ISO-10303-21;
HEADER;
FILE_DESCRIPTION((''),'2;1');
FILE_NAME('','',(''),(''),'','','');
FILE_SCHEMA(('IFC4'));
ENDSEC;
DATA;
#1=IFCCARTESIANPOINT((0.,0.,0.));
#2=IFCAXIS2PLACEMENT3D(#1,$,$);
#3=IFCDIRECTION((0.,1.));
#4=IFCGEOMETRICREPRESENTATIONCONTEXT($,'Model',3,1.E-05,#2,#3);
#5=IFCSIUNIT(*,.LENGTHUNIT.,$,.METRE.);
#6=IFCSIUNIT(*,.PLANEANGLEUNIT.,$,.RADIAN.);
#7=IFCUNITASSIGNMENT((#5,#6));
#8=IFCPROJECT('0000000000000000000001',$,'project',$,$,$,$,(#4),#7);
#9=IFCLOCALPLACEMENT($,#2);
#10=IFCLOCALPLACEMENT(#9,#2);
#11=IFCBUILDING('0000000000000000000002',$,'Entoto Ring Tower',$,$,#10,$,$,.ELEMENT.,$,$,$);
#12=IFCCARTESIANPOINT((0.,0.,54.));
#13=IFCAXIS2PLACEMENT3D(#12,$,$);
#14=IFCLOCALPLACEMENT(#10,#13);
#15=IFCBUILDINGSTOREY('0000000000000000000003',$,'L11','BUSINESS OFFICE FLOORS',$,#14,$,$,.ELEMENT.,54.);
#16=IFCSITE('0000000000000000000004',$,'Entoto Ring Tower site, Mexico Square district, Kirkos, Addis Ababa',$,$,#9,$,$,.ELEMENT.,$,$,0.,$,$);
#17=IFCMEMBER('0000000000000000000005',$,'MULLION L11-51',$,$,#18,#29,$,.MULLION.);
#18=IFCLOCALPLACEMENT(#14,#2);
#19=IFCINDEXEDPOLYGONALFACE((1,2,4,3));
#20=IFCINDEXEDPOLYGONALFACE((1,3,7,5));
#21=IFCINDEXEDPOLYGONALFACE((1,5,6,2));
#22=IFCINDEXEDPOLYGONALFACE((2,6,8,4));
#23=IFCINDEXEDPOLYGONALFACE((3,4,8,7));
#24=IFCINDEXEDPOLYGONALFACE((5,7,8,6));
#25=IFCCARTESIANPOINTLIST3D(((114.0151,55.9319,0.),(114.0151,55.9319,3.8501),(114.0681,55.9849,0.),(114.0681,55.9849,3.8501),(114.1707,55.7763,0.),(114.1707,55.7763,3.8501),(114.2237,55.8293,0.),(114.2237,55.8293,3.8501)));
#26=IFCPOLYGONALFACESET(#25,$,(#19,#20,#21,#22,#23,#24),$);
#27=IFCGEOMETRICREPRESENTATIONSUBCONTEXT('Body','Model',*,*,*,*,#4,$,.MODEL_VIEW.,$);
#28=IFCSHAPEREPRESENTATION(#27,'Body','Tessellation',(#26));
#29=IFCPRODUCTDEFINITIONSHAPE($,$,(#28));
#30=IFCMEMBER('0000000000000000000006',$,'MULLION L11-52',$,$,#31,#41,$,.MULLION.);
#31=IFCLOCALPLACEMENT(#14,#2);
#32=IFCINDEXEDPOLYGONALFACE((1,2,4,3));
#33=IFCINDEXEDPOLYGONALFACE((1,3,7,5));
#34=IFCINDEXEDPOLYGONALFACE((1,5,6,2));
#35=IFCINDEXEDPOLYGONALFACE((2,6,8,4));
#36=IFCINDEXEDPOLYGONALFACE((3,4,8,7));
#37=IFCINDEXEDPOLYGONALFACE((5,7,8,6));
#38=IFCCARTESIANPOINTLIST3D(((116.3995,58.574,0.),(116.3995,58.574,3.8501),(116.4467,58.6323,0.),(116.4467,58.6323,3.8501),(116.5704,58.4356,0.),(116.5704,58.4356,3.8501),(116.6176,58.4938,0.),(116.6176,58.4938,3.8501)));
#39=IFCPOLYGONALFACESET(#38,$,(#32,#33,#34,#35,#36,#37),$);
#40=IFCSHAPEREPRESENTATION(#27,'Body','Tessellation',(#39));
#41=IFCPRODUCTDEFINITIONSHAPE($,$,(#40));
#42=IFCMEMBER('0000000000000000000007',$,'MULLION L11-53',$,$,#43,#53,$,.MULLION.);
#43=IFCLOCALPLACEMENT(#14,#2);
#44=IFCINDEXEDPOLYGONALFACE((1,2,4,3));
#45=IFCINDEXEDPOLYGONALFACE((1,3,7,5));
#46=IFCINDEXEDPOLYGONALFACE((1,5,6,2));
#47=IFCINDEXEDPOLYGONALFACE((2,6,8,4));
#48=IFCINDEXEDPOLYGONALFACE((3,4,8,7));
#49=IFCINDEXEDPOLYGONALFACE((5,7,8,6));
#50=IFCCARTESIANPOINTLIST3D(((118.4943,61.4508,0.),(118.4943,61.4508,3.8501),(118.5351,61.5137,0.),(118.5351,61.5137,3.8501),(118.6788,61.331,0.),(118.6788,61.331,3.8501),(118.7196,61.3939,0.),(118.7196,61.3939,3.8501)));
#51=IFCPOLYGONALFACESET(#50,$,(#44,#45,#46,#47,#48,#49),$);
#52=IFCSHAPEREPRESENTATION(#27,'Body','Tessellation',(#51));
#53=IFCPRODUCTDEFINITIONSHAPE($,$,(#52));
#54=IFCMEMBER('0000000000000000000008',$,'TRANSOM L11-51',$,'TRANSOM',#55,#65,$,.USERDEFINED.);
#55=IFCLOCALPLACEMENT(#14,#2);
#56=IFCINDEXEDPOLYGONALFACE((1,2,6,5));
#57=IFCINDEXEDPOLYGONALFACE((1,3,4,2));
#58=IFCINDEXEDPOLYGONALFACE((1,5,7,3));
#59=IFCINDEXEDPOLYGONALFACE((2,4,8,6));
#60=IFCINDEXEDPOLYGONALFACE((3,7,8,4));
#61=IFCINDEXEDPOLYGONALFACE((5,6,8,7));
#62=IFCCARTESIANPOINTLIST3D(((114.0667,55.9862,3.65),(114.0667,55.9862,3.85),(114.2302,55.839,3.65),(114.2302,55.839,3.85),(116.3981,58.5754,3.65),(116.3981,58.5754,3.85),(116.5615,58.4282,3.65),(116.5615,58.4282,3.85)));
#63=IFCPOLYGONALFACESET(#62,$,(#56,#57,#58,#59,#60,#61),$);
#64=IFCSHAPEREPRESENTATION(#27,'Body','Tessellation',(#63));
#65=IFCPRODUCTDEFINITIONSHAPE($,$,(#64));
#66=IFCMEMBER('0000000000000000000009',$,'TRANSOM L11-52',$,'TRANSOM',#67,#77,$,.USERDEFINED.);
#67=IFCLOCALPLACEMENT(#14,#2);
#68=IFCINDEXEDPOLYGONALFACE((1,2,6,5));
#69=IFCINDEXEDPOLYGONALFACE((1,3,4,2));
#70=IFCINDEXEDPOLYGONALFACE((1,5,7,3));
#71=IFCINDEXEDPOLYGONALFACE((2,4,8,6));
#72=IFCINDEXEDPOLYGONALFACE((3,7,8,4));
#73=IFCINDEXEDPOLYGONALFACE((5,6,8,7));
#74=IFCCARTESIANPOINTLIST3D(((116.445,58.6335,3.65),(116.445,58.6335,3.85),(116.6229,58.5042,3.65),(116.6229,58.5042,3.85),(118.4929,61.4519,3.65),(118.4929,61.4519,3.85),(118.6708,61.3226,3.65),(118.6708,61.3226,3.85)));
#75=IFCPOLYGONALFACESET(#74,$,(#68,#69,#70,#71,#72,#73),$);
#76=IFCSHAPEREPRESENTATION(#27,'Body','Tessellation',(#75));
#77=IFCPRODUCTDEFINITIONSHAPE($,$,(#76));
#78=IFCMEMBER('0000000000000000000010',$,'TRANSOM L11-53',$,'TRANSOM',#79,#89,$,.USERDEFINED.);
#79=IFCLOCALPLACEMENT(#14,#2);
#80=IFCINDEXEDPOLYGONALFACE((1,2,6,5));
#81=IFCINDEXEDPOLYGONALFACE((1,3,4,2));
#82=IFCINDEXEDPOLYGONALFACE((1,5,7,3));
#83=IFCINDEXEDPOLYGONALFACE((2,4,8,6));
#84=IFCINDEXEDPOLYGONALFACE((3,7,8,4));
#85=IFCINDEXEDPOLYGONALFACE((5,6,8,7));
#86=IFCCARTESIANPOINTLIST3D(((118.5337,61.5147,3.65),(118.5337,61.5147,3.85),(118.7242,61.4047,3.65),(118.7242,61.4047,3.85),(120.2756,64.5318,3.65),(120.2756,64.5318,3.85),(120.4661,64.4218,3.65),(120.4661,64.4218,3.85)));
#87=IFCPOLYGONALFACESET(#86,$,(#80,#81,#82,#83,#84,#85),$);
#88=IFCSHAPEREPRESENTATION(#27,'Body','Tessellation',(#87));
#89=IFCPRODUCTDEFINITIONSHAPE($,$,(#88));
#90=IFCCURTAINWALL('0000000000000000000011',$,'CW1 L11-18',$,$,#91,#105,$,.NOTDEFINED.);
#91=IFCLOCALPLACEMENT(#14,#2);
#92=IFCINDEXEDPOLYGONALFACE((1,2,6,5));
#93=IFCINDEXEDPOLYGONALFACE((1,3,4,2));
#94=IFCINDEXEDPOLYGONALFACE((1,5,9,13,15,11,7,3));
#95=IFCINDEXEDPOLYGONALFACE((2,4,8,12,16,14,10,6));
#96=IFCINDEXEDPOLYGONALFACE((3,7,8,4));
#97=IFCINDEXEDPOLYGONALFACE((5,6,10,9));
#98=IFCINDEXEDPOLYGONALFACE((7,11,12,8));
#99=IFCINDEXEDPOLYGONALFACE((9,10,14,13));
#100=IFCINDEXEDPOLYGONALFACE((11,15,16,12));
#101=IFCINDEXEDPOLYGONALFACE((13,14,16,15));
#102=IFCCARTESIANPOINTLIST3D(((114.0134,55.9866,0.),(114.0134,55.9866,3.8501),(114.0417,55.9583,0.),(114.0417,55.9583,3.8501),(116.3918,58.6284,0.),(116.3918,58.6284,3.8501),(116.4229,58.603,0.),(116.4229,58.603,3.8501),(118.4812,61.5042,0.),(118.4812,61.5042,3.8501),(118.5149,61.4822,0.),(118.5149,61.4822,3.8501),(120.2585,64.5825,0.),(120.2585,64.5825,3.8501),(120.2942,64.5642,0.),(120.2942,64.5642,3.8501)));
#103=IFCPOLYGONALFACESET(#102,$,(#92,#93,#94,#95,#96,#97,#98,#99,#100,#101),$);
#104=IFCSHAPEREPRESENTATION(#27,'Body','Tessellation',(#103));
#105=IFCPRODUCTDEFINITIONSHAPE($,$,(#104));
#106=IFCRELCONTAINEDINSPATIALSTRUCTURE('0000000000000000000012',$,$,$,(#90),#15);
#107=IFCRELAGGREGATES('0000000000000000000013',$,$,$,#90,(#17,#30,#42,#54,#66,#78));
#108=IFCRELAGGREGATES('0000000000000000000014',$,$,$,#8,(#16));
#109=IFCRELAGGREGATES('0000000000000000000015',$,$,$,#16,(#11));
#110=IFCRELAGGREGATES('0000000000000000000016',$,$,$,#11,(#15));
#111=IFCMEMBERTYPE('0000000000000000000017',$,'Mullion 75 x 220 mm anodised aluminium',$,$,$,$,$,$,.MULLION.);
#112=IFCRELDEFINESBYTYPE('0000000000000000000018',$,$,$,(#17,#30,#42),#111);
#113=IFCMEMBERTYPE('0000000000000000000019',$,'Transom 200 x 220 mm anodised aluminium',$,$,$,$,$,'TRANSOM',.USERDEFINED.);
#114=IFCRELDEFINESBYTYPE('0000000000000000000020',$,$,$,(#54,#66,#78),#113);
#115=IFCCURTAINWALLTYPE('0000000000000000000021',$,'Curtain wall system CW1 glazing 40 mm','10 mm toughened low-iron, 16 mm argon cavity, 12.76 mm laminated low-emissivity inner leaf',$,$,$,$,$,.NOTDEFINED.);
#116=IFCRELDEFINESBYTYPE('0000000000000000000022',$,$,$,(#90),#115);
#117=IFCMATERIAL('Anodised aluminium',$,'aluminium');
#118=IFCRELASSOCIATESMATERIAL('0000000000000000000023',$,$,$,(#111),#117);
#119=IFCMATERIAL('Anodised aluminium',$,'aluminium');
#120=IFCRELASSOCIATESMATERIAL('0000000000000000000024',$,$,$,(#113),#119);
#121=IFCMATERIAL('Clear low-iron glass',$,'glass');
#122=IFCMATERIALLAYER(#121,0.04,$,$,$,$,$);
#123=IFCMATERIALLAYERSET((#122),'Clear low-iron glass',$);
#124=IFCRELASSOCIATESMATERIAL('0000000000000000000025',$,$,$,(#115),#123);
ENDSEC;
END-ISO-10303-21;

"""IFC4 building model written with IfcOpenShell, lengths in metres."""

from ifc_helpers import new_model, si_unit, direction, frame, origin, origin_2d, place, context, subcontext, project, spatial, polyline, rectangle, outline, extrude, material, layer, layer_set, material_profile, profile_set, type_object, element, aggregate, save


model = new_model("IFC4")

# Units and contexts
model_context = context("Model", 3, precision=1e-05, world=origin(), true_north=direction((0.0, 1.0)))
body_context = subcontext(model_context, "Body", "Model", "MODEL_VIEW")
ifc_project = project(units=[si_unit("LENGTHUNIT", "METRE"), si_unit("PLANEANGLEUNIT", "RADIAN")], contexts=[model_context])

# Members
ifc_material_1 = material(Name="Anodised aluminium", Category="aluminium")
ifc_material_profile_1 = material_profile(ifc_material_1, rectangle(XDim=0.075, YDim=0.22, at=origin_2d()), Name="Mullion 75 x 220 mm anodised aluminium")
ifc_profile_set_1 = profile_set([ifc_material_profile_1], Name="Anodised aluminium")
member_type_1 = type_object("IfcMemberType", Name="Mullion 75 x 220 mm anodised aluminium", PredefinedType="MULLION", material=ifc_profile_set_1)
site_placement = place(None, origin())
building_placement = place(site_placement, origin())
storey_placement = place(building_placement, frame((0.0, 0.0, 54.0)))
member_1_placement = place(storey_placement, frame((114.1194, 55.8806, 0.0), z_axis=(0.0, 0.0, 1.0), x_axis=(0.707107, 0.707107, 0.0)))
member_1 = element("IfcMember", 1, at=member_1_placement, type_object=member_type_1, Name="MULLION L11-51", PredefinedType="MULLION", context=body_context, shape_type="SweptSolid", body=[
    extrude(rectangle(XDim=0.075, YDim=0.22, at=origin_2d()), origin(), (0.0, 0.0, 1.0), 3.8501),
])
member_2_placement = place(storey_placement, frame((116.5085, 58.5339, 0.0), z_axis=(0.0, 0.0, 1.0), x_axis=(0.62932, 0.777146, 0.0)))
member_2 = element("IfcMember", 2, at=member_2_placement, type_object=member_type_1, Name="MULLION L11-52", PredefinedType="MULLION", context=body_context, shape_type="SweptSolid", body=[
    extrude(rectangle(XDim=0.075, YDim=0.22, at=origin_2d()), origin(), (0.0, 0.0, 1.0), 3.8501),
])
member_3_placement = place(storey_placement, frame((118.6069, 61.4224, 0.0), z_axis=(0.0, 0.0, 1.0), x_axis=(0.544639, 0.838671, 0.0)))
member_3 = element("IfcMember", 3, at=member_3_placement, type_object=member_type_1, Name="MULLION L11-53", PredefinedType="MULLION", context=body_context, shape_type="SweptSolid", body=[
    extrude(rectangle(XDim=0.075, YDim=0.22, at=origin_2d()), origin(), (0.0, 0.0, 1.0), 3.8501),
])
ifc_material_2 = material(Name="Anodised aluminium", Category="aluminium")
ifc_material_profile_2 = material_profile(ifc_material_2, rectangle(XDim=0.22, YDim=0.2, at=origin_2d()), Name="Transom 200 x 220 mm anodised aluminium")
ifc_profile_set_2 = profile_set([ifc_material_profile_2], Name="Anodised aluminium")
member_type_2 = type_object("IfcMemberType", Name="Transom 200 x 220 mm anodised aluminium", ElementType="TRANSOM", PredefinedType="USERDEFINED", material=ifc_profile_set_2)
member_4_placement = place(storey_placement, frame((114.1484, 55.9126, 3.75), z_axis=(0.669139, 0.743137, 0.0), x_axis=(-0.743137, 0.669139, 0.0)))
member_4 = element("IfcMember", 4, at=member_4_placement, type_object=member_type_2, Name="TRANSOM L11-51", ObjectType="TRANSOM", PredefinedType="USERDEFINED", context=body_context, shape_type="SweptSolid", body=[
    extrude(rectangle(XDim=0.22, YDim=0.2, at=origin_2d()), origin(), (0.0, 0.0, 1.0), 3.4841),
])
member_5_placement = place(storey_placement, frame((116.5339, 58.5688, 3.75), z_axis=(0.587822, 0.808991, 0.0), x_axis=(-0.808991, 0.587822, 0.0)))
member_5 = element("IfcMember", 5, at=member_5_placement, type_object=member_type_2, Name="TRANSOM L11-52", ObjectType="TRANSOM", PredefinedType="USERDEFINED", context=body_context, shape_type="SweptSolid", body=[
    extrude(rectangle(XDim=0.22, YDim=0.2, at=origin_2d()), origin(), (0.0, 0.0, 1.0), 3.4839),
])
member_6_placement = place(storey_placement, frame((118.6289, 61.4597, 3.75), z_axis=(0.500006, 0.866022, 0.0), x_axis=(-0.866022, 0.500006, 0.0)))
member_6 = element("IfcMember", 6, at=member_6_placement, type_object=member_type_2, Name="TRANSOM L11-53", ObjectType="TRANSOM", PredefinedType="USERDEFINED", context=body_context, shape_type="SweptSolid", body=[
    extrude(rectangle(XDim=0.22, YDim=0.2, at=origin_2d()), origin(), (0.0, 0.0, 1.0), 3.4839),
])

# Site, building, storey
site = spatial("IfcSite", under=ifc_project, at=site_placement, Name="Entoto Ring Tower site, Mexico Square district, Kirkos, Addis Ababa", CompositionType="ELEMENT", RefElevation=0.0)
building = spatial("IfcBuilding", under=site, at=building_placement, Name="Entoto Ring Tower", CompositionType="ELEMENT")
storey = spatial("IfcBuildingStorey", under=building, at=storey_placement, Name="L11", Description="BUSINESS OFFICE FLOORS", CompositionType="ELEMENT", Elevation=54.0)

# Curtain wall
ifc_material_3 = material(Name="Clear low-iron glass", Category="glass")
ifc_layer_1 = layer(ifc_material_3, 0.04)
ifc_layer_set_1 = layer_set([ifc_layer_1], Name="Clear low-iron glass")
curtain_wall_type = type_object("IfcCurtainWallType", Name="Curtain wall system CW1 glazing 40 mm", Description="10 mm toughened low-iron, 16 mm argon cavity, 12.76 mm laminated low-emissivity inner leaf", PredefinedType="NOTDEFINED", material=ifc_layer_set_1)
curtain_wall_1_placement = place(storey_placement, origin())
curtain_wall_1 = element("IfcCurtainWall", 7, at=curtain_wall_1_placement, inside=storey, type_object=curtain_wall_type, Name="CW1 L11-18", PredefinedType="NOTDEFINED", context=body_context, shape_type="SweptSolid", body=[
    extrude(outline(polyline([(114.0417, 55.9583), (116.4229, 58.603), (118.5149, 61.4822), (120.2942, 64.5642), (120.2585, 64.5825), (118.4812, 61.5042), (116.3918, 58.6284), (114.0134, 55.9866), (114.0417, 55.9583)])), origin(), (0.0, 0.0, 1.0), 3.8501),
])
aggregate(curtain_wall_1, [member_1, member_2, member_3, member_4, member_5, member_6])

save(model, "model.ifc")
